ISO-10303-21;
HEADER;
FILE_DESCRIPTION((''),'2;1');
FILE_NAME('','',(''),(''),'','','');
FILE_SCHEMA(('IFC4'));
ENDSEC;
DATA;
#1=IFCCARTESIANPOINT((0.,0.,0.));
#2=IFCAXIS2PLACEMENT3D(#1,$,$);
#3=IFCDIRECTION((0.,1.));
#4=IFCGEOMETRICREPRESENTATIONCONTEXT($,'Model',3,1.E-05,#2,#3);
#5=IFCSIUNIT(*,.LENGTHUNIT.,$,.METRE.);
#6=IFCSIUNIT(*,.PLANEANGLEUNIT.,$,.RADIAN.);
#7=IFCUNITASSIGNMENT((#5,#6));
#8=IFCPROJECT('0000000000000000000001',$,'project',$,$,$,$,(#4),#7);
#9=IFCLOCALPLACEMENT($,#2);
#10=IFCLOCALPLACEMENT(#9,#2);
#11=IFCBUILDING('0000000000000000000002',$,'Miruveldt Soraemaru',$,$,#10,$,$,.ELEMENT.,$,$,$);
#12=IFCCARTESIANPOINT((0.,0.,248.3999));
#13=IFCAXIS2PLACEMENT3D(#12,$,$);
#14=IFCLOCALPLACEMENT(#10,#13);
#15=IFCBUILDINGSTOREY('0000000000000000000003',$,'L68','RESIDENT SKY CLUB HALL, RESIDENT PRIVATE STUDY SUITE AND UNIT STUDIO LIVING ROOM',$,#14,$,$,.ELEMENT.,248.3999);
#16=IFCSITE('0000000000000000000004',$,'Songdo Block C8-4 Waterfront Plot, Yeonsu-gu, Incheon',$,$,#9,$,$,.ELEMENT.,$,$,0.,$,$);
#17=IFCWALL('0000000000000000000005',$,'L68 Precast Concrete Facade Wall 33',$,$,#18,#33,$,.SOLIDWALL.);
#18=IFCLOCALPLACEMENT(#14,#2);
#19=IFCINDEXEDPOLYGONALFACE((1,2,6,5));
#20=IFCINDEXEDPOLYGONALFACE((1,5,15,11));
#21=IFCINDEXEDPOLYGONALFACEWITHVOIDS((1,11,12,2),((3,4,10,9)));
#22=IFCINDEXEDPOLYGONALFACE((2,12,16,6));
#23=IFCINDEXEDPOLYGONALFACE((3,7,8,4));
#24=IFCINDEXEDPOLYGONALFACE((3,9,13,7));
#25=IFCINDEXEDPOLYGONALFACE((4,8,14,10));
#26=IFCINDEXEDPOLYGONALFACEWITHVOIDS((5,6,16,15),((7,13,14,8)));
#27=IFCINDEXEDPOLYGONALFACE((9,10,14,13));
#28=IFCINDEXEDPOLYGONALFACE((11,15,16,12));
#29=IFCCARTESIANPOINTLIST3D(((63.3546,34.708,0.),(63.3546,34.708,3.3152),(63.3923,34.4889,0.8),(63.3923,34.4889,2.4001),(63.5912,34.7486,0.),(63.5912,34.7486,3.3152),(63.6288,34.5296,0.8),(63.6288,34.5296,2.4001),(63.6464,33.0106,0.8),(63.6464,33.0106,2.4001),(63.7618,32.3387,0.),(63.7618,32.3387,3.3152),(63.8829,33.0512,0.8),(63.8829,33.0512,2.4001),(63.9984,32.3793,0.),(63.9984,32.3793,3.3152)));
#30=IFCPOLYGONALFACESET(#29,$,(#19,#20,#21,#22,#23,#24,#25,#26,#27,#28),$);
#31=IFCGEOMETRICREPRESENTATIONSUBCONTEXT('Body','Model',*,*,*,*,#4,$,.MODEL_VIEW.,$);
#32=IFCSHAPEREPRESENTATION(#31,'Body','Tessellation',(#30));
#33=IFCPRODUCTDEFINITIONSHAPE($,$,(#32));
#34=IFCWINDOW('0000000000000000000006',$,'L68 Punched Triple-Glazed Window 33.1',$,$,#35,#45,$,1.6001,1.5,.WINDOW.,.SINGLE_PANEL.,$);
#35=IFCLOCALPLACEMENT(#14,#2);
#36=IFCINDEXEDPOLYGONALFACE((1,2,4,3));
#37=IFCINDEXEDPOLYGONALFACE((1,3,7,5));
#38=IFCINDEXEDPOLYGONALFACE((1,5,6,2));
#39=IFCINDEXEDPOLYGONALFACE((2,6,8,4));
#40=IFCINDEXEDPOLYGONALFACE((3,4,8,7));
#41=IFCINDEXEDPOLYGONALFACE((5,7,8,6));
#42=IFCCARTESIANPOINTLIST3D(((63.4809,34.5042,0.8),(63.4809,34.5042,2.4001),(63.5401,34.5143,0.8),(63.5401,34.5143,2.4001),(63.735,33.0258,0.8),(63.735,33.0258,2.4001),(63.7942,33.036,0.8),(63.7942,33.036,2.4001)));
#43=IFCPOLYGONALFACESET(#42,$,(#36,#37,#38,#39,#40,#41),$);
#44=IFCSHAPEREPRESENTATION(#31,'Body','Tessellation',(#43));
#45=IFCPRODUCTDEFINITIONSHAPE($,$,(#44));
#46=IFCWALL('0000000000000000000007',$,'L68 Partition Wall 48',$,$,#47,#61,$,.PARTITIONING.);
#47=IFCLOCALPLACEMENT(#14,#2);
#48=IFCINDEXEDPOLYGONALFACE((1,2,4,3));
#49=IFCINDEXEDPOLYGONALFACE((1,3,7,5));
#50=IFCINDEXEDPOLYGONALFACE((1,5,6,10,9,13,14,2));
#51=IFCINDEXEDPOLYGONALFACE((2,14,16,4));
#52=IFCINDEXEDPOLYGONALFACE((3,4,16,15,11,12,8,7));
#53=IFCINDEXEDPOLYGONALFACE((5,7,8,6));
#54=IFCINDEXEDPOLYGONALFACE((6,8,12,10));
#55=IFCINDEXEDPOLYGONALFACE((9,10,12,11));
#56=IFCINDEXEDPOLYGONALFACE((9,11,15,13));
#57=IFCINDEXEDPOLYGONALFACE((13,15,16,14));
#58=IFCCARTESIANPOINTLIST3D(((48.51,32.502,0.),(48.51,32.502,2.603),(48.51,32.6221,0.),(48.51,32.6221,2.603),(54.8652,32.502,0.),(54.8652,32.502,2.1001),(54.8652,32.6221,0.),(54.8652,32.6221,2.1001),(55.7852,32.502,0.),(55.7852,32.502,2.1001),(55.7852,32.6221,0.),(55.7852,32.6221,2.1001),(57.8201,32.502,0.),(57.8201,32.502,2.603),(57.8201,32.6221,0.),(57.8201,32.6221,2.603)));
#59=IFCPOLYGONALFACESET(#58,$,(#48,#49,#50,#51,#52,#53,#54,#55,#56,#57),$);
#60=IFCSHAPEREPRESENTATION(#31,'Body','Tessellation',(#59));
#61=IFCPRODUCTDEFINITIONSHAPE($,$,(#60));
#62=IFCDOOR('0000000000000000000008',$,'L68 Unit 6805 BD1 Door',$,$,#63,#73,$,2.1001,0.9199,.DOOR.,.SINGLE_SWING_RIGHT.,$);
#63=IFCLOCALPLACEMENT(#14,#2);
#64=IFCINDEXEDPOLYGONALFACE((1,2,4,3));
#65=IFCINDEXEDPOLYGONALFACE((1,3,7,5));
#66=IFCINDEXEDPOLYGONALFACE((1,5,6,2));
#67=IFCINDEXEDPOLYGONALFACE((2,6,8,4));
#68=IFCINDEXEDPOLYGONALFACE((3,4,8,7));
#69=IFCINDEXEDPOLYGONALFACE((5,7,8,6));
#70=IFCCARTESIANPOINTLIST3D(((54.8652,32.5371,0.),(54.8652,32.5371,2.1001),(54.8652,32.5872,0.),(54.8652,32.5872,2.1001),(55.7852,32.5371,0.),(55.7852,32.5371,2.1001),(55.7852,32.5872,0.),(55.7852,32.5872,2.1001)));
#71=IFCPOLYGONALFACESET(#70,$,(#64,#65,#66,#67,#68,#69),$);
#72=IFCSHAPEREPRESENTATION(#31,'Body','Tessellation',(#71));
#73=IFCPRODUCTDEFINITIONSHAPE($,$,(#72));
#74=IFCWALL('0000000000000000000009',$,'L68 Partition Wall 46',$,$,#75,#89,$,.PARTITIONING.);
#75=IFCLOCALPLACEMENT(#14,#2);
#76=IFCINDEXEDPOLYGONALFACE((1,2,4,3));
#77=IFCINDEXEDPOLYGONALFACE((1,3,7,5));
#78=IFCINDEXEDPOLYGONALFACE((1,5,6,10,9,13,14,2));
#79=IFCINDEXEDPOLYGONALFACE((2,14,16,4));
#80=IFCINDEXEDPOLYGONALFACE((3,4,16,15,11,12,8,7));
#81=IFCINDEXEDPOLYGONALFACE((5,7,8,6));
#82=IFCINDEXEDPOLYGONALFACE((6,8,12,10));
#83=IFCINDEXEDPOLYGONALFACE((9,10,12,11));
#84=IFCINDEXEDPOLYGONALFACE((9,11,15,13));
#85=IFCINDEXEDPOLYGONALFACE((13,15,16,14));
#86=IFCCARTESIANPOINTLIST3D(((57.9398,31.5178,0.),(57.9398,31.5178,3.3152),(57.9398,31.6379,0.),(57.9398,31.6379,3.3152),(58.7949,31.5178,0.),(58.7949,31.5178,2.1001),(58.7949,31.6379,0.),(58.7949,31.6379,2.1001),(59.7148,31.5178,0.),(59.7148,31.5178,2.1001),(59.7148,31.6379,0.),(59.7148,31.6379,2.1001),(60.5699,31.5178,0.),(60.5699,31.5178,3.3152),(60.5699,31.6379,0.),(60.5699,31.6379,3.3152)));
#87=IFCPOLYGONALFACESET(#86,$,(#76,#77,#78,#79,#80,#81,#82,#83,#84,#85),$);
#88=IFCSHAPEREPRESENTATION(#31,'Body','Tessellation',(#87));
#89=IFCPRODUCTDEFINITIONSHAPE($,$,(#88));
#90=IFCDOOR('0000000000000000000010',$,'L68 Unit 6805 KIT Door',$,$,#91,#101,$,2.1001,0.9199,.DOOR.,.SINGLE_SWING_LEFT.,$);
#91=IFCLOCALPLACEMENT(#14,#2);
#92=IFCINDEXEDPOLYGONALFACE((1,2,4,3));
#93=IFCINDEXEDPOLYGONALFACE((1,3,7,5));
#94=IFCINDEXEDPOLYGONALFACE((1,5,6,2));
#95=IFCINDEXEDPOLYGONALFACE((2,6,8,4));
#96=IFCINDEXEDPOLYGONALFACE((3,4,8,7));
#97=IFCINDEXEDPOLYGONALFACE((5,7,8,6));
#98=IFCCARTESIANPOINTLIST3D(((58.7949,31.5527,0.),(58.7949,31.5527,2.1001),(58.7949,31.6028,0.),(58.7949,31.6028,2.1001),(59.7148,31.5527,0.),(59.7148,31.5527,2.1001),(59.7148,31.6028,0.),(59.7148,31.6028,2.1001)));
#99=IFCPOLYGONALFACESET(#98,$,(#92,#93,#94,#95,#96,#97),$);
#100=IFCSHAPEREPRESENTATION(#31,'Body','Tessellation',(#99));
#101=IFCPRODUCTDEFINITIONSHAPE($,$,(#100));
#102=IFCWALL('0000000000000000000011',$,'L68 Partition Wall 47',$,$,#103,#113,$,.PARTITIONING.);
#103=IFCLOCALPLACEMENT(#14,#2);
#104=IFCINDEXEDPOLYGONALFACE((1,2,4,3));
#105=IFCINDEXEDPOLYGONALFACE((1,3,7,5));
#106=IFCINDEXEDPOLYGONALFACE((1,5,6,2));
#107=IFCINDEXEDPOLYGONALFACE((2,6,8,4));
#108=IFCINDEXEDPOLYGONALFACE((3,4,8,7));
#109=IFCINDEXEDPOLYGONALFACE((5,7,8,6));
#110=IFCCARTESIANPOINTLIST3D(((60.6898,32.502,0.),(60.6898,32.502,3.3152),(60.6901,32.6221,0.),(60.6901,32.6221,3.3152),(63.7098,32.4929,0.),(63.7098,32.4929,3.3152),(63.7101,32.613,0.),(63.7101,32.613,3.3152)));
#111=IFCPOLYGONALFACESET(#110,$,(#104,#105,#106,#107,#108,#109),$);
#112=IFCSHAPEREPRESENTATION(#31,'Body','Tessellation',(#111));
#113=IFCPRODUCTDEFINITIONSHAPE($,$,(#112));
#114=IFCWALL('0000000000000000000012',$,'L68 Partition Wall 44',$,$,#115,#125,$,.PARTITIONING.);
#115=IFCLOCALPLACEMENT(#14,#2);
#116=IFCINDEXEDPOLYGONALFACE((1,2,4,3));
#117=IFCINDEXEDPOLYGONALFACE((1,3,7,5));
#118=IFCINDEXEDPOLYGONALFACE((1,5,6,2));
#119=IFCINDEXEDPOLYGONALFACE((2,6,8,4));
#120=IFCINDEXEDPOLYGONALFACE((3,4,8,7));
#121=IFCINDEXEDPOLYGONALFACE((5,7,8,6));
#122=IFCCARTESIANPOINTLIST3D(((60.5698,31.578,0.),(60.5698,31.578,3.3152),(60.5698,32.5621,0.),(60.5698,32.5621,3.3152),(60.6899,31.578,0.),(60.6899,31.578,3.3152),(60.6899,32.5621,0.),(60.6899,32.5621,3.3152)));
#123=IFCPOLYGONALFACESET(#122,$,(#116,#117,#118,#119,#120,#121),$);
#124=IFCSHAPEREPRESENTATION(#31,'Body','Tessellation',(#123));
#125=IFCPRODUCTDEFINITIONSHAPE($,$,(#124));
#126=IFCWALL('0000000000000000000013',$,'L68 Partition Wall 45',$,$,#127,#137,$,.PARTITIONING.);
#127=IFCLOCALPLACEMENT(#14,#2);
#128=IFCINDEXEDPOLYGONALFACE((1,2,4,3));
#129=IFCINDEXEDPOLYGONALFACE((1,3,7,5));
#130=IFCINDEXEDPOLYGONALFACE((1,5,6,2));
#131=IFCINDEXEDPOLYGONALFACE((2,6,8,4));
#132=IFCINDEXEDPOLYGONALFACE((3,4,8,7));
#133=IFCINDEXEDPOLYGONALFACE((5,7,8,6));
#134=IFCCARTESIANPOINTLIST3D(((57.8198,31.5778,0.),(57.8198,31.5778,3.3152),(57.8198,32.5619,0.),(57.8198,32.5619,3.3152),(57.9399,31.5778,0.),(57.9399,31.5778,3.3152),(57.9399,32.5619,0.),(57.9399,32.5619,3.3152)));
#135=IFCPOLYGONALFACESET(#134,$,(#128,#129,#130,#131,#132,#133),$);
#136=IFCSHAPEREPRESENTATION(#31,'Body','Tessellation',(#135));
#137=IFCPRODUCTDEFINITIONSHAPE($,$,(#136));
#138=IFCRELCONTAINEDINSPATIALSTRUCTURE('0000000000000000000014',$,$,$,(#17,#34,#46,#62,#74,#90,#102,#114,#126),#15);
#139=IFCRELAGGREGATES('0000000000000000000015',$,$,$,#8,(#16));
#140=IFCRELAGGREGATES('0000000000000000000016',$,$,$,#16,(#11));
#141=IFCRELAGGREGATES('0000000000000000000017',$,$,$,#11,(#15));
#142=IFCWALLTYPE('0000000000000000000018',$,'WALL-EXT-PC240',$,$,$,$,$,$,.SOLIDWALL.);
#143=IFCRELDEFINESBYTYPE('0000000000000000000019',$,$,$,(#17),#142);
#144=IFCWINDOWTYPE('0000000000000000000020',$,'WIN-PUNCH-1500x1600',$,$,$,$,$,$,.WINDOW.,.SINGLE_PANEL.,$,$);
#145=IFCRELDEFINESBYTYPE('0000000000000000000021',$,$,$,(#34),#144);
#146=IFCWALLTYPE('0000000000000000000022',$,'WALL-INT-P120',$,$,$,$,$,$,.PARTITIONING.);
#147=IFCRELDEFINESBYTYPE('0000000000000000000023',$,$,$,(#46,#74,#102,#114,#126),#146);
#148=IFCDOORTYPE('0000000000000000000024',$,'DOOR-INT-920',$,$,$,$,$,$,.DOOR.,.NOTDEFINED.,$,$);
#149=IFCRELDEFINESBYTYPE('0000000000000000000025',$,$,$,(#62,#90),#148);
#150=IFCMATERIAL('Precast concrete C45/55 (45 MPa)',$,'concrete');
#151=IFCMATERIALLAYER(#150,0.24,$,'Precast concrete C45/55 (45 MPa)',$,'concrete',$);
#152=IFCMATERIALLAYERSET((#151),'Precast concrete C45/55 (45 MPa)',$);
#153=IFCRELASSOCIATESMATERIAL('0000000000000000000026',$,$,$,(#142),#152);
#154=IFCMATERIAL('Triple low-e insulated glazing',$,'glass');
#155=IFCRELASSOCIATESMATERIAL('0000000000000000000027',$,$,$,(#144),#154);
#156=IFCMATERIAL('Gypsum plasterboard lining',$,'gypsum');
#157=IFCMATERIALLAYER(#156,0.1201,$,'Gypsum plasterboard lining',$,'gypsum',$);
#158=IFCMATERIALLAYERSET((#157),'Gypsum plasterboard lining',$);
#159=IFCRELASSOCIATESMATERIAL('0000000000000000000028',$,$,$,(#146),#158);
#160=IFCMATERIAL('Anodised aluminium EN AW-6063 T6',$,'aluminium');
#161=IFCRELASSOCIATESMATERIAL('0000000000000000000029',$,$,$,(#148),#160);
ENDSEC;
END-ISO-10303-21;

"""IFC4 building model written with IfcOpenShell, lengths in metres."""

from ifc_helpers import new_model, si_unit, direction, frame, frame_2d, origin, place, context, subcontext, project, spatial, rectangle, extrude, material, layer, layer_set, type_object, element, fill, save


model = new_model("IFC4")

# Units and contexts
model_context = context("Model", 3, precision=1e-05, world=origin(), true_north=direction((0.0, 1.0)))
body_context = subcontext(model_context, "Body", "Model", "MODEL_VIEW")
ifc_project = project(units=[si_unit("LENGTHUNIT", "METRE"), si_unit("PLANEANGLEUNIT", "RADIAN")], contexts=[model_context])

# Site, building, storey
site_placement = place(None, origin())
site = spatial("IfcSite", under=ifc_project, at=site_placement, Name="Songdo Block C8-4 Waterfront Plot, Yeonsu-gu, Incheon", CompositionType="ELEMENT", RefElevation=0.0)
building_placement = place(site_placement, origin())
building = spatial("IfcBuilding", under=site, at=building_placement, Name="Miruveldt Soraemaru", CompositionType="ELEMENT")
storey_placement = place(building_placement, frame((0.0, 0.0, 248.3999)))
storey = spatial("IfcBuildingStorey", under=building, at=storey_placement, Name="L68", Description="RESIDENT SKY CLUB HALL, RESIDENT PRIVATE STUDY SUITE AND UNIT STUDIO LIVING ROOM", CompositionType="ELEMENT", Elevation=248.3999)

# Shared definitions
ifc_material_1 = material(Name="Anodised aluminium EN AW-6063 T6", Category="aluminium")

# Wall, opening, window
ifc_material_2 = material(Name="Precast concrete C45/55 (45 MPa)", Category="concrete")
ifc_layer_1 = layer(ifc_material_2, 0.24, Name="Precast concrete C45/55 (45 MPa)", Category="concrete")
ifc_layer_set_1 = layer_set([ifc_layer_1], Name="Precast concrete C45/55 (45 MPa)")
wall_type_1 = type_object("IfcWallType", Name="WALL-EXT-PC240", PredefinedType="SOLIDWALL", material=ifc_layer_set_1)
ifc_material_3 = material(Name="Triple low-e insulated glazing", Category="glass")
window_type_1 = type_object("IfcWindowType", Name="WIN-PUNCH-1500x1600", PartitioningType="SINGLE_PANEL", PredefinedType="WINDOW", material=ifc_material_3)
wall_1_placement = place(storey_placement, frame((63.8801, 32.3589, 0.0), z_axis=(0.0, 0.0, 1.0), x_axis=(-0.169387, 0.98555, 0.0)))
wall_1 = element("IfcWall", 1, at=wall_1_placement, inside=storey, type_object=wall_type_1, Name="L68 Precast Concrete Facade Wall 33", PredefinedType="SOLIDWALL", context=body_context, shape_type="SweptSolid", body=[
    extrude(rectangle(XDim=2.4041, YDim=0.24, at=frame_2d((1.2021, 0.0))), origin(), (0.0, 0.0, 1.0), 3.3152),
])
opening_1_placement = place(wall_1_placement, frame((0.6819, 0.0, 0.8)))
opening_1 = element("IfcOpeningElement", 2, at=opening_1_placement, cuts=wall_1, PredefinedType="OPENING", context=body_context, shape_type="SweptSolid", body=[
    extrude(rectangle(XDim=1.5, YDim=1.6001, at=frame_2d((0.75, 0.8))), frame((0.0, 0.1299, 0.0), z_axis=(0.0, -1.0, 0.0), x_axis=(1.0, 0.0, 0.0)), (0.0, 0.0, 1.0), 0.26),
])
window_1_placement = place(opening_1_placement, origin())
window_1 = element("IfcWindow", 3, at=window_1_placement, inside=storey, type_object=window_type_1, Name="L68 Punched Triple-Glazed Window 33.1", OverallHeight=1.6001, OverallWidth=1.5, PartitioningType="SINGLE_PANEL", PredefinedType="WINDOW", context=body_context, shape_type="SweptSolid", body=[
    extrude(rectangle(XDim=1.5, YDim=1.6001, at=frame_2d((0.75, 0.8))), frame((0.0, 0.03, 0.0), z_axis=(0.0, -1.0, 0.0), x_axis=(1.0, 0.0, 0.0)), (0.0, 0.0, 1.0), 0.0601),
])
fill(opening_1, window_1)

# Walls, openings, doors
ifc_material_4 = material(Name="Gypsum plasterboard lining", Category="gypsum")
ifc_layer_2 = layer(ifc_material_4, 0.1201, Name="Gypsum plasterboard lining", Category="gypsum")
ifc_layer_set_2 = layer_set([ifc_layer_2], Name="Gypsum plasterboard lining")
wall_type_2 = type_object("IfcWallType", Name="WALL-INT-P120", PredefinedType="PARTITIONING", material=ifc_layer_set_2)
wall_2_placement = place(storey_placement, frame((57.8201, 32.562, 0.0), z_axis=(0.0, 0.0, 1.0), x_axis=(-1.0, 0.0, 0.0)))
wall_2 = element("IfcWall", 4, at=wall_2_placement, inside=storey, type_object=wall_type_2, Name="L68 Partition Wall 48", PredefinedType="PARTITIONING", context=body_context, shape_type="SweptSolid", body=[
    extrude(rectangle(XDim=9.3101, YDim=0.1201, at=frame_2d((4.655, 0.0))), origin(), (0.0, 0.0, 1.0), 2.603),
])
opening_2_placement = place(wall_2_placement, frame((2.0349, 0.0, 0.0)))
opening_2 = element("IfcOpeningElement", 5, at=opening_2_placement, cuts=wall_2, PredefinedType="OPENING", context=body_context, shape_type="SweptSolid", body=[
    extrude(rectangle(XDim=0.9199, YDim=2.1001, at=frame_2d((0.46, 1.05))), frame((0.0, 0.0701, 0.0), z_axis=(0.0, -1.0, 0.0), x_axis=(1.0, 0.0, 0.0)), (0.0, 0.0, 1.0), 0.1401),
])
door_type = type_object("IfcDoorType", Name="DOOR-INT-920", OperationType="NOTDEFINED", PredefinedType="DOOR", material=ifc_material_1)
door_1_placement = place(opening_2_placement, origin())
door_1 = element("IfcDoor", 6, at=door_1_placement, inside=storey, type_object=door_type, Name="L68 Unit 6805 BD1 Door", OperationType="SINGLE_SWING_RIGHT", OverallHeight=2.1001, OverallWidth=0.9199, PredefinedType="DOOR", context=body_context, shape_type="SweptSolid", body=[
    extrude(rectangle(XDim=0.9199, YDim=2.1001, at=frame_2d((0.46, 1.05))), frame((0.0, 0.0249, 0.0), z_axis=(0.0, -1.0, 0.0), x_axis=(1.0, 0.0, 0.0)), (0.0, 0.0, 1.0), 0.05),
])
fill(opening_2, door_1)
wall_3_placement = place(storey_placement, frame((57.9399, 31.5779, 0.0), z_axis=(0.0, 0.0, 1.0), x_axis=(1.0, 0.0, 0.0)))
wall_3 = element("IfcWall", 7, at=wall_3_placement, inside=storey, type_object=wall_type_2, Name="L68 Partition Wall 46", PredefinedType="PARTITIONING", context=body_context, shape_type="SweptSolid", body=[
    extrude(rectangle(XDim=2.6301, YDim=0.1201, at=frame_2d((1.3149, 0.0))), origin(), (0.0, 0.0, 1.0), 3.3152),
])
opening_3_placement = place(wall_3_placement, frame((0.855, 0.0, 0.0)))
opening_3 = element("IfcOpeningElement", 8, at=opening_3_placement, cuts=wall_3, PredefinedType="OPENING", context=body_context, shape_type="SweptSolid", body=[
    extrude(rectangle(XDim=0.9199, YDim=2.1001, at=frame_2d((0.46, 1.05))), frame((0.0, 0.0701, 0.0), z_axis=(0.0, -1.0, 0.0), x_axis=(1.0, 0.0, 0.0)), (0.0, 0.0, 1.0), 0.1401),
])
door_2_placement = place(opening_3_placement, origin())
door_2 = element("IfcDoor", 9, at=door_2_placement, inside=storey, type_object=door_type, Name="L68 Unit 6805 KIT Door", OperationType="SINGLE_SWING_LEFT", OverallHeight=2.1001, OverallWidth=0.9199, PredefinedType="DOOR", context=body_context, shape_type="SweptSolid", body=[
    extrude(rectangle(XDim=0.9199, YDim=2.1001, at=frame_2d((0.46, 1.05))), frame((0.0, 0.0249, 0.0), z_axis=(0.0, -1.0, 0.0), x_axis=(1.0, 0.0, 0.0)), (0.0, 0.0, 1.0), 0.05),
])
fill(opening_3, door_2)

# Walls
wall_4_placement = place(storey_placement, frame((63.71, 32.553, 0.0), z_axis=(0.0, 0.0, 1.0), x_axis=(-0.999996, 0.002991, 0.0)))
element("IfcWall", 10, at=wall_4_placement, inside=storey, type_object=wall_type_2, Name="L68 Partition Wall 47", PredefinedType="PARTITIONING", context=body_context, shape_type="SweptSolid", body=[
    extrude(rectangle(XDim=3.02, YDim=0.1201, at=frame_2d((1.51, 0.0))), origin(), (0.0, 0.0, 1.0), 3.3152),
])
for number, where, z_axis, x_axis, name in (
    (11, (60.6299, 31.5779, 0.0), (0.0, 0.0, 1.0), (0.0, 1.0, 0.0), "L68 Partition Wall 44"),
    (12, (57.8799, 32.562, 0.0), (0.0, 0.0, 1.0), (0.0, -1.0, 0.0), "L68 Partition Wall 45"),
):
    element("IfcWall", number, at=place(storey_placement, frame(where, z_axis=z_axis, x_axis=x_axis)), inside=storey, type_object=wall_type_2, Name=name, PredefinedType="PARTITIONING", context=body_context, shape_type="SweptSolid", body=[
        extrude(rectangle(XDim=0.9841, YDim=0.1201, at=frame_2d((0.4922, 0.0))), origin(), (0.0, 0.0, 1.0), 3.3152),
    ])

save(model, "model.ifc")
